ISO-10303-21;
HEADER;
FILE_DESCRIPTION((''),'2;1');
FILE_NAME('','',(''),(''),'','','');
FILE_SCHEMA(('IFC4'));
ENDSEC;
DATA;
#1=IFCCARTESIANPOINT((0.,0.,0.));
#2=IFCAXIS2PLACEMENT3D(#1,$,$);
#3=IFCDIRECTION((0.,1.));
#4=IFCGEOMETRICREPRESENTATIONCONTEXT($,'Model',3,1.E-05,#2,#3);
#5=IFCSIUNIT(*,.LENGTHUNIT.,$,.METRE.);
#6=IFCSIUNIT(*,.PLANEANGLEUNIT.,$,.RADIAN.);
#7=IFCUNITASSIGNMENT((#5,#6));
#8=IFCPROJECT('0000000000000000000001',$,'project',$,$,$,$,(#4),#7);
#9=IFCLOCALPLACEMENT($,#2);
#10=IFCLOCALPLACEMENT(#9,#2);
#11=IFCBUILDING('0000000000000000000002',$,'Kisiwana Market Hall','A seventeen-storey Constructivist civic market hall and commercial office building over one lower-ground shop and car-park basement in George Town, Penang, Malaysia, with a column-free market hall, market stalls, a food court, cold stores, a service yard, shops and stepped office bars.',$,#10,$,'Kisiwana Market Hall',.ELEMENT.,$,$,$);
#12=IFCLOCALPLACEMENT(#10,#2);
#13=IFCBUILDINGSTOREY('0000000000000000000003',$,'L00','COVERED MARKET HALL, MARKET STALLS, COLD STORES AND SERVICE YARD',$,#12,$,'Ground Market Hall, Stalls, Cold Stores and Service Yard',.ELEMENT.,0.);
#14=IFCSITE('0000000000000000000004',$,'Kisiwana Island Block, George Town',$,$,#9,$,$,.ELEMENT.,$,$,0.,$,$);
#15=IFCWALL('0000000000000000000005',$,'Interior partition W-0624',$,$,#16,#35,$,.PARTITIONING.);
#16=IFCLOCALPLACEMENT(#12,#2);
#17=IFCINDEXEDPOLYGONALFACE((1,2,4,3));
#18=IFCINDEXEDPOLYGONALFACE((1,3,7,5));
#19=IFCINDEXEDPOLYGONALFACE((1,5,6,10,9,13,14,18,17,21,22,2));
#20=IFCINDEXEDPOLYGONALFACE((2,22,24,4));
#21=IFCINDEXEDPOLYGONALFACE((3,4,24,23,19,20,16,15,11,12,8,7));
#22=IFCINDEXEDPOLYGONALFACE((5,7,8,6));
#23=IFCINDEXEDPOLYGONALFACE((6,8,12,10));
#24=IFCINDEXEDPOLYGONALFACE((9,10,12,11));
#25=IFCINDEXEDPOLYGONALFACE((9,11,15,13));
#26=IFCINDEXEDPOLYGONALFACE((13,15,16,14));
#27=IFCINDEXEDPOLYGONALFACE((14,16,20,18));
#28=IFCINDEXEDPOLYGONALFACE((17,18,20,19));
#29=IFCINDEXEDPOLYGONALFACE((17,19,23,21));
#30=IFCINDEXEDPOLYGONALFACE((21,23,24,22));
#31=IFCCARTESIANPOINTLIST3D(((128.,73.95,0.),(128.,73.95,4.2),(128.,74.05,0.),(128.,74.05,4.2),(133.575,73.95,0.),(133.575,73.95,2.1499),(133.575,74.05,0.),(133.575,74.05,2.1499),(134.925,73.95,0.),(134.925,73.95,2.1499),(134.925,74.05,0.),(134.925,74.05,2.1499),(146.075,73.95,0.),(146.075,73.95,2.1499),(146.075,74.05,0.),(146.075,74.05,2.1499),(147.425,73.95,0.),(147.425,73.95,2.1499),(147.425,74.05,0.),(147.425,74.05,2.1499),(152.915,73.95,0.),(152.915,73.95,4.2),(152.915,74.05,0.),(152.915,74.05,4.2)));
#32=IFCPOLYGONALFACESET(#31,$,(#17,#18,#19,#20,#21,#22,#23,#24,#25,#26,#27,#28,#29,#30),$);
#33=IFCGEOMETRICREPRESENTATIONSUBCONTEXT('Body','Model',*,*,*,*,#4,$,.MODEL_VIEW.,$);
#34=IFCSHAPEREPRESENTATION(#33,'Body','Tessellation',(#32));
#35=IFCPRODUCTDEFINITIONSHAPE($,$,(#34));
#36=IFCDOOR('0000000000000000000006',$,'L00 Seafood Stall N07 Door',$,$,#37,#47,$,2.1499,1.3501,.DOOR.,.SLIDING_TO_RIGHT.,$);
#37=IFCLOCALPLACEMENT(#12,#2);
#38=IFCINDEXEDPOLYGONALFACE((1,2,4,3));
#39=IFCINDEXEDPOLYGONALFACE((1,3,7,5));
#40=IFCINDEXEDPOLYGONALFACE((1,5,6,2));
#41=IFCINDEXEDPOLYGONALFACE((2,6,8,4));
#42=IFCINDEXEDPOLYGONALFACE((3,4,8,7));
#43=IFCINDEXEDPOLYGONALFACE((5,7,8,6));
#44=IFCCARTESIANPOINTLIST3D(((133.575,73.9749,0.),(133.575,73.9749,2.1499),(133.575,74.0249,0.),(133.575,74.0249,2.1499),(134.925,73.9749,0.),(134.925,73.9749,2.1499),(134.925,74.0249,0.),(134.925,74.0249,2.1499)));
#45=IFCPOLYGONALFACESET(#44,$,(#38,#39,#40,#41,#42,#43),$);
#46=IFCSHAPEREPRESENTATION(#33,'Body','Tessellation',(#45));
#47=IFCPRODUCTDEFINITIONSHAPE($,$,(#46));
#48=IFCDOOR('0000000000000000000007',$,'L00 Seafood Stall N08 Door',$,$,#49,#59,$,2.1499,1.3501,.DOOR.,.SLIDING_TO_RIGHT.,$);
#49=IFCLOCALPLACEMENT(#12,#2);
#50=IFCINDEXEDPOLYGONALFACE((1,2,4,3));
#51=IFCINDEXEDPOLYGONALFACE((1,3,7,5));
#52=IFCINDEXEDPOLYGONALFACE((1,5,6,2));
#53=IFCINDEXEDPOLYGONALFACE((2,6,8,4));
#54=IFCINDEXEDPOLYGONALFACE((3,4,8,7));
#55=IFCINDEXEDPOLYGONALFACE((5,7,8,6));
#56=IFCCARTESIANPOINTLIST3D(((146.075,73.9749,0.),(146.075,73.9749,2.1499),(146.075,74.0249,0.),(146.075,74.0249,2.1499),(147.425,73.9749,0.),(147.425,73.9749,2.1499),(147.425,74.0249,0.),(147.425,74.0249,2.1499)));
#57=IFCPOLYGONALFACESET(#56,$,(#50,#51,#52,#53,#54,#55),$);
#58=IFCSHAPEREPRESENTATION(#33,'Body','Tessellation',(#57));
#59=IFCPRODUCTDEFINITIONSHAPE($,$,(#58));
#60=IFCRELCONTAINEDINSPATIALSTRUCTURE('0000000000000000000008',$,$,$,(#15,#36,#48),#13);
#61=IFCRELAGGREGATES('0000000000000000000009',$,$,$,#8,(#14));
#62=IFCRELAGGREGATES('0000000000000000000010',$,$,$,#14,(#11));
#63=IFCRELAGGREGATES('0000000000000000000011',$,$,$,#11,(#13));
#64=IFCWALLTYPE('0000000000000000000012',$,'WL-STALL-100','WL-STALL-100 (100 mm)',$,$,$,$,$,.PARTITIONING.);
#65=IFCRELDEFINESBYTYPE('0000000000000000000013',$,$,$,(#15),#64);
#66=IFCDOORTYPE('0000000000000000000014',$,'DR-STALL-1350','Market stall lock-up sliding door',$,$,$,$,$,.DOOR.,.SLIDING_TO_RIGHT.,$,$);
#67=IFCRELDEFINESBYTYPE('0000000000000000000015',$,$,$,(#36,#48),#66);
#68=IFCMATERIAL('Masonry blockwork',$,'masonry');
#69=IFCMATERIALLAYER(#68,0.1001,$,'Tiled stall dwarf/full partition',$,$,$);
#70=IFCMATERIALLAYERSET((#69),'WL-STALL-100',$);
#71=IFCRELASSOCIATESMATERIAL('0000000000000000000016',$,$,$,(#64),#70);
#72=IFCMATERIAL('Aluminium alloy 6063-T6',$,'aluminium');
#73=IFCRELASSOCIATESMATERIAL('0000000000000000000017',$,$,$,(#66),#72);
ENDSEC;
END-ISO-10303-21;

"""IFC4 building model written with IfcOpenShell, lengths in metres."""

from ifc_helpers import new_model, si_unit, direction, frame, frame_2d, origin, place, context, subcontext, project, spatial, rectangle, extrude, material, layer, layer_set, type_object, element, fill, save


model = new_model("IFC4")

# Units and contexts
model_context = context("Model", 3, precision=1e-05, world=origin(), true_north=direction((0.0, 1.0)))
body_context = subcontext(model_context, "Body", "Model", "MODEL_VIEW")
ifc_project = project(units=[si_unit("LENGTHUNIT", "METRE"), si_unit("PLANEANGLEUNIT", "RADIAN")], contexts=[model_context])

# Site, building, storey
site_placement = place(None, origin())
site = spatial("IfcSite", under=ifc_project, at=site_placement, Name="Kisiwana Island Block, George Town", CompositionType="ELEMENT", RefElevation=0.0)
building_placement = place(site_placement, origin())
building = spatial("IfcBuilding", under=site, at=building_placement, Name="Kisiwana Market Hall", Description="A seventeen-storey Constructivist civic market hall and commercial office building over one lower-ground shop and car-park basement in George Town, Penang, Malaysia, with a column-free market hall, market stalls, a food court, cold stores, a service yard, shops and stepped office bars.", LongName="Kisiwana Market Hall", CompositionType="ELEMENT")
storey_placement = place(building_placement, origin())
storey = spatial("IfcBuildingStorey", under=building, at=storey_placement, Name="L00", Description="COVERED MARKET HALL, MARKET STALLS, COLD STORES AND SERVICE YARD", LongName="Ground Market Hall, Stalls, Cold Stores and Service Yard", CompositionType="ELEMENT", Elevation=0.0)

# Shared definitions
ifc_material_1 = material(Name="Masonry blockwork", Category="masonry")
ifc_layer_1 = layer(ifc_material_1, 0.1001, Name="Tiled stall dwarf/full partition")
ifc_layer_set_1 = layer_set([ifc_layer_1], Name="WL-STALL-100")
wall_type_1 = type_object("IfcWallType", Name="WL-STALL-100", Description="WL-STALL-100 (100 mm)", PredefinedType="PARTITIONING", material=ifc_layer_set_1)

# Wall, openings, doors
wall_1_placement = place(storey_placement, frame((128.0, 74.0, 0.0), z_axis=(0.0, 0.0, 1.0), x_axis=(1.0, 0.0, 0.0)))
wall_1 = element("IfcWall", 1, at=wall_1_placement, inside=storey, type_object=wall_type_1, Name="Interior partition W-0624", PredefinedType="PARTITIONING", context=body_context, shape_type="SweptSolid", body=[
    extrude(rectangle(XDim=24.915, YDim=0.1001, at=frame_2d((12.4575, 0.0))), origin(), (0.0, 0.0, 1.0), 4.2),
])
opening_1_placement = place(wall_1_placement, frame((5.575, 0.0, 0.0)))
opening_1 = element("IfcOpeningElement", 2, at=opening_1_placement, cuts=wall_1, PredefinedType="OPENING", context=body_context, shape_type="SweptSolid", body=[
    extrude(rectangle(XDim=1.3501, YDim=2.1499, at=frame_2d((0.675, 1.075))), frame((0.0, 0.062, 0.0), z_axis=(0.0, -1.0, 0.0), x_axis=(1.0, 0.0, 0.0)), (0.0, 0.0, 1.0), 0.124),
])
opening_2_placement = place(wall_1_placement, frame((18.075, 0.0, 0.0)))
opening_2 = element("IfcOpeningElement", 3, at=opening_2_placement, cuts=wall_1, PredefinedType="OPENING", context=body_context, shape_type="SweptSolid", body=[
    extrude(rectangle(XDim=1.3501, YDim=2.1499, at=frame_2d((0.675, 1.075))), frame((0.0, 0.062, 0.0), z_axis=(0.0, -1.0, 0.0), x_axis=(1.0, 0.0, 0.0)), (0.0, 0.0, 1.0), 0.124),
])
ifc_material_2 = material(Name="Aluminium alloy 6063-T6", Category="aluminium")
door_type_1 = type_object("IfcDoorType", Name="DR-STALL-1350", Description="Market stall lock-up sliding door", OperationType="SLIDING_TO_RIGHT", PredefinedType="DOOR", material=ifc_material_2)
door_1_placement = place(opening_1_placement, origin())
door_1 = element("IfcDoor", 4, at=door_1_placement, inside=storey, type_object=door_type_1, Name="L00 Seafood Stall N07 Door", OperationType="SLIDING_TO_RIGHT", OverallHeight=2.1499, OverallWidth=1.3501, PredefinedType="DOOR", context=body_context, shape_type="SweptSolid", body=[
    extrude(rectangle(XDim=1.3501, YDim=2.1499, at=frame_2d((0.675, 1.075))), frame((0.0, 0.0249, 0.0), z_axis=(0.0, -1.0, 0.0), x_axis=(1.0, 0.0, 0.0)), (0.0, 0.0, 1.0), 0.05),
])
fill(opening_1, door_1)
door_2_placement = place(opening_2_placement, origin())
door_2 = element("IfcDoor", 5, at=door_2_placement, inside=storey, type_object=door_type_1, Name="L00 Seafood Stall N08 Door", OperationType="SLIDING_TO_RIGHT", OverallHeight=2.1499, OverallWidth=1.3501, PredefinedType="DOOR", context=body_context, shape_type="SweptSolid", body=[
    extrude(rectangle(XDim=1.3501, YDim=2.1499, at=frame_2d((0.675, 1.075))), frame((0.0, 0.0249, 0.0), z_axis=(0.0, -1.0, 0.0), x_axis=(1.0, 0.0, 0.0)), (0.0, 0.0, 1.0), 0.05),
])
fill(opening_2, door_2)

save(model, "model.ifc")
